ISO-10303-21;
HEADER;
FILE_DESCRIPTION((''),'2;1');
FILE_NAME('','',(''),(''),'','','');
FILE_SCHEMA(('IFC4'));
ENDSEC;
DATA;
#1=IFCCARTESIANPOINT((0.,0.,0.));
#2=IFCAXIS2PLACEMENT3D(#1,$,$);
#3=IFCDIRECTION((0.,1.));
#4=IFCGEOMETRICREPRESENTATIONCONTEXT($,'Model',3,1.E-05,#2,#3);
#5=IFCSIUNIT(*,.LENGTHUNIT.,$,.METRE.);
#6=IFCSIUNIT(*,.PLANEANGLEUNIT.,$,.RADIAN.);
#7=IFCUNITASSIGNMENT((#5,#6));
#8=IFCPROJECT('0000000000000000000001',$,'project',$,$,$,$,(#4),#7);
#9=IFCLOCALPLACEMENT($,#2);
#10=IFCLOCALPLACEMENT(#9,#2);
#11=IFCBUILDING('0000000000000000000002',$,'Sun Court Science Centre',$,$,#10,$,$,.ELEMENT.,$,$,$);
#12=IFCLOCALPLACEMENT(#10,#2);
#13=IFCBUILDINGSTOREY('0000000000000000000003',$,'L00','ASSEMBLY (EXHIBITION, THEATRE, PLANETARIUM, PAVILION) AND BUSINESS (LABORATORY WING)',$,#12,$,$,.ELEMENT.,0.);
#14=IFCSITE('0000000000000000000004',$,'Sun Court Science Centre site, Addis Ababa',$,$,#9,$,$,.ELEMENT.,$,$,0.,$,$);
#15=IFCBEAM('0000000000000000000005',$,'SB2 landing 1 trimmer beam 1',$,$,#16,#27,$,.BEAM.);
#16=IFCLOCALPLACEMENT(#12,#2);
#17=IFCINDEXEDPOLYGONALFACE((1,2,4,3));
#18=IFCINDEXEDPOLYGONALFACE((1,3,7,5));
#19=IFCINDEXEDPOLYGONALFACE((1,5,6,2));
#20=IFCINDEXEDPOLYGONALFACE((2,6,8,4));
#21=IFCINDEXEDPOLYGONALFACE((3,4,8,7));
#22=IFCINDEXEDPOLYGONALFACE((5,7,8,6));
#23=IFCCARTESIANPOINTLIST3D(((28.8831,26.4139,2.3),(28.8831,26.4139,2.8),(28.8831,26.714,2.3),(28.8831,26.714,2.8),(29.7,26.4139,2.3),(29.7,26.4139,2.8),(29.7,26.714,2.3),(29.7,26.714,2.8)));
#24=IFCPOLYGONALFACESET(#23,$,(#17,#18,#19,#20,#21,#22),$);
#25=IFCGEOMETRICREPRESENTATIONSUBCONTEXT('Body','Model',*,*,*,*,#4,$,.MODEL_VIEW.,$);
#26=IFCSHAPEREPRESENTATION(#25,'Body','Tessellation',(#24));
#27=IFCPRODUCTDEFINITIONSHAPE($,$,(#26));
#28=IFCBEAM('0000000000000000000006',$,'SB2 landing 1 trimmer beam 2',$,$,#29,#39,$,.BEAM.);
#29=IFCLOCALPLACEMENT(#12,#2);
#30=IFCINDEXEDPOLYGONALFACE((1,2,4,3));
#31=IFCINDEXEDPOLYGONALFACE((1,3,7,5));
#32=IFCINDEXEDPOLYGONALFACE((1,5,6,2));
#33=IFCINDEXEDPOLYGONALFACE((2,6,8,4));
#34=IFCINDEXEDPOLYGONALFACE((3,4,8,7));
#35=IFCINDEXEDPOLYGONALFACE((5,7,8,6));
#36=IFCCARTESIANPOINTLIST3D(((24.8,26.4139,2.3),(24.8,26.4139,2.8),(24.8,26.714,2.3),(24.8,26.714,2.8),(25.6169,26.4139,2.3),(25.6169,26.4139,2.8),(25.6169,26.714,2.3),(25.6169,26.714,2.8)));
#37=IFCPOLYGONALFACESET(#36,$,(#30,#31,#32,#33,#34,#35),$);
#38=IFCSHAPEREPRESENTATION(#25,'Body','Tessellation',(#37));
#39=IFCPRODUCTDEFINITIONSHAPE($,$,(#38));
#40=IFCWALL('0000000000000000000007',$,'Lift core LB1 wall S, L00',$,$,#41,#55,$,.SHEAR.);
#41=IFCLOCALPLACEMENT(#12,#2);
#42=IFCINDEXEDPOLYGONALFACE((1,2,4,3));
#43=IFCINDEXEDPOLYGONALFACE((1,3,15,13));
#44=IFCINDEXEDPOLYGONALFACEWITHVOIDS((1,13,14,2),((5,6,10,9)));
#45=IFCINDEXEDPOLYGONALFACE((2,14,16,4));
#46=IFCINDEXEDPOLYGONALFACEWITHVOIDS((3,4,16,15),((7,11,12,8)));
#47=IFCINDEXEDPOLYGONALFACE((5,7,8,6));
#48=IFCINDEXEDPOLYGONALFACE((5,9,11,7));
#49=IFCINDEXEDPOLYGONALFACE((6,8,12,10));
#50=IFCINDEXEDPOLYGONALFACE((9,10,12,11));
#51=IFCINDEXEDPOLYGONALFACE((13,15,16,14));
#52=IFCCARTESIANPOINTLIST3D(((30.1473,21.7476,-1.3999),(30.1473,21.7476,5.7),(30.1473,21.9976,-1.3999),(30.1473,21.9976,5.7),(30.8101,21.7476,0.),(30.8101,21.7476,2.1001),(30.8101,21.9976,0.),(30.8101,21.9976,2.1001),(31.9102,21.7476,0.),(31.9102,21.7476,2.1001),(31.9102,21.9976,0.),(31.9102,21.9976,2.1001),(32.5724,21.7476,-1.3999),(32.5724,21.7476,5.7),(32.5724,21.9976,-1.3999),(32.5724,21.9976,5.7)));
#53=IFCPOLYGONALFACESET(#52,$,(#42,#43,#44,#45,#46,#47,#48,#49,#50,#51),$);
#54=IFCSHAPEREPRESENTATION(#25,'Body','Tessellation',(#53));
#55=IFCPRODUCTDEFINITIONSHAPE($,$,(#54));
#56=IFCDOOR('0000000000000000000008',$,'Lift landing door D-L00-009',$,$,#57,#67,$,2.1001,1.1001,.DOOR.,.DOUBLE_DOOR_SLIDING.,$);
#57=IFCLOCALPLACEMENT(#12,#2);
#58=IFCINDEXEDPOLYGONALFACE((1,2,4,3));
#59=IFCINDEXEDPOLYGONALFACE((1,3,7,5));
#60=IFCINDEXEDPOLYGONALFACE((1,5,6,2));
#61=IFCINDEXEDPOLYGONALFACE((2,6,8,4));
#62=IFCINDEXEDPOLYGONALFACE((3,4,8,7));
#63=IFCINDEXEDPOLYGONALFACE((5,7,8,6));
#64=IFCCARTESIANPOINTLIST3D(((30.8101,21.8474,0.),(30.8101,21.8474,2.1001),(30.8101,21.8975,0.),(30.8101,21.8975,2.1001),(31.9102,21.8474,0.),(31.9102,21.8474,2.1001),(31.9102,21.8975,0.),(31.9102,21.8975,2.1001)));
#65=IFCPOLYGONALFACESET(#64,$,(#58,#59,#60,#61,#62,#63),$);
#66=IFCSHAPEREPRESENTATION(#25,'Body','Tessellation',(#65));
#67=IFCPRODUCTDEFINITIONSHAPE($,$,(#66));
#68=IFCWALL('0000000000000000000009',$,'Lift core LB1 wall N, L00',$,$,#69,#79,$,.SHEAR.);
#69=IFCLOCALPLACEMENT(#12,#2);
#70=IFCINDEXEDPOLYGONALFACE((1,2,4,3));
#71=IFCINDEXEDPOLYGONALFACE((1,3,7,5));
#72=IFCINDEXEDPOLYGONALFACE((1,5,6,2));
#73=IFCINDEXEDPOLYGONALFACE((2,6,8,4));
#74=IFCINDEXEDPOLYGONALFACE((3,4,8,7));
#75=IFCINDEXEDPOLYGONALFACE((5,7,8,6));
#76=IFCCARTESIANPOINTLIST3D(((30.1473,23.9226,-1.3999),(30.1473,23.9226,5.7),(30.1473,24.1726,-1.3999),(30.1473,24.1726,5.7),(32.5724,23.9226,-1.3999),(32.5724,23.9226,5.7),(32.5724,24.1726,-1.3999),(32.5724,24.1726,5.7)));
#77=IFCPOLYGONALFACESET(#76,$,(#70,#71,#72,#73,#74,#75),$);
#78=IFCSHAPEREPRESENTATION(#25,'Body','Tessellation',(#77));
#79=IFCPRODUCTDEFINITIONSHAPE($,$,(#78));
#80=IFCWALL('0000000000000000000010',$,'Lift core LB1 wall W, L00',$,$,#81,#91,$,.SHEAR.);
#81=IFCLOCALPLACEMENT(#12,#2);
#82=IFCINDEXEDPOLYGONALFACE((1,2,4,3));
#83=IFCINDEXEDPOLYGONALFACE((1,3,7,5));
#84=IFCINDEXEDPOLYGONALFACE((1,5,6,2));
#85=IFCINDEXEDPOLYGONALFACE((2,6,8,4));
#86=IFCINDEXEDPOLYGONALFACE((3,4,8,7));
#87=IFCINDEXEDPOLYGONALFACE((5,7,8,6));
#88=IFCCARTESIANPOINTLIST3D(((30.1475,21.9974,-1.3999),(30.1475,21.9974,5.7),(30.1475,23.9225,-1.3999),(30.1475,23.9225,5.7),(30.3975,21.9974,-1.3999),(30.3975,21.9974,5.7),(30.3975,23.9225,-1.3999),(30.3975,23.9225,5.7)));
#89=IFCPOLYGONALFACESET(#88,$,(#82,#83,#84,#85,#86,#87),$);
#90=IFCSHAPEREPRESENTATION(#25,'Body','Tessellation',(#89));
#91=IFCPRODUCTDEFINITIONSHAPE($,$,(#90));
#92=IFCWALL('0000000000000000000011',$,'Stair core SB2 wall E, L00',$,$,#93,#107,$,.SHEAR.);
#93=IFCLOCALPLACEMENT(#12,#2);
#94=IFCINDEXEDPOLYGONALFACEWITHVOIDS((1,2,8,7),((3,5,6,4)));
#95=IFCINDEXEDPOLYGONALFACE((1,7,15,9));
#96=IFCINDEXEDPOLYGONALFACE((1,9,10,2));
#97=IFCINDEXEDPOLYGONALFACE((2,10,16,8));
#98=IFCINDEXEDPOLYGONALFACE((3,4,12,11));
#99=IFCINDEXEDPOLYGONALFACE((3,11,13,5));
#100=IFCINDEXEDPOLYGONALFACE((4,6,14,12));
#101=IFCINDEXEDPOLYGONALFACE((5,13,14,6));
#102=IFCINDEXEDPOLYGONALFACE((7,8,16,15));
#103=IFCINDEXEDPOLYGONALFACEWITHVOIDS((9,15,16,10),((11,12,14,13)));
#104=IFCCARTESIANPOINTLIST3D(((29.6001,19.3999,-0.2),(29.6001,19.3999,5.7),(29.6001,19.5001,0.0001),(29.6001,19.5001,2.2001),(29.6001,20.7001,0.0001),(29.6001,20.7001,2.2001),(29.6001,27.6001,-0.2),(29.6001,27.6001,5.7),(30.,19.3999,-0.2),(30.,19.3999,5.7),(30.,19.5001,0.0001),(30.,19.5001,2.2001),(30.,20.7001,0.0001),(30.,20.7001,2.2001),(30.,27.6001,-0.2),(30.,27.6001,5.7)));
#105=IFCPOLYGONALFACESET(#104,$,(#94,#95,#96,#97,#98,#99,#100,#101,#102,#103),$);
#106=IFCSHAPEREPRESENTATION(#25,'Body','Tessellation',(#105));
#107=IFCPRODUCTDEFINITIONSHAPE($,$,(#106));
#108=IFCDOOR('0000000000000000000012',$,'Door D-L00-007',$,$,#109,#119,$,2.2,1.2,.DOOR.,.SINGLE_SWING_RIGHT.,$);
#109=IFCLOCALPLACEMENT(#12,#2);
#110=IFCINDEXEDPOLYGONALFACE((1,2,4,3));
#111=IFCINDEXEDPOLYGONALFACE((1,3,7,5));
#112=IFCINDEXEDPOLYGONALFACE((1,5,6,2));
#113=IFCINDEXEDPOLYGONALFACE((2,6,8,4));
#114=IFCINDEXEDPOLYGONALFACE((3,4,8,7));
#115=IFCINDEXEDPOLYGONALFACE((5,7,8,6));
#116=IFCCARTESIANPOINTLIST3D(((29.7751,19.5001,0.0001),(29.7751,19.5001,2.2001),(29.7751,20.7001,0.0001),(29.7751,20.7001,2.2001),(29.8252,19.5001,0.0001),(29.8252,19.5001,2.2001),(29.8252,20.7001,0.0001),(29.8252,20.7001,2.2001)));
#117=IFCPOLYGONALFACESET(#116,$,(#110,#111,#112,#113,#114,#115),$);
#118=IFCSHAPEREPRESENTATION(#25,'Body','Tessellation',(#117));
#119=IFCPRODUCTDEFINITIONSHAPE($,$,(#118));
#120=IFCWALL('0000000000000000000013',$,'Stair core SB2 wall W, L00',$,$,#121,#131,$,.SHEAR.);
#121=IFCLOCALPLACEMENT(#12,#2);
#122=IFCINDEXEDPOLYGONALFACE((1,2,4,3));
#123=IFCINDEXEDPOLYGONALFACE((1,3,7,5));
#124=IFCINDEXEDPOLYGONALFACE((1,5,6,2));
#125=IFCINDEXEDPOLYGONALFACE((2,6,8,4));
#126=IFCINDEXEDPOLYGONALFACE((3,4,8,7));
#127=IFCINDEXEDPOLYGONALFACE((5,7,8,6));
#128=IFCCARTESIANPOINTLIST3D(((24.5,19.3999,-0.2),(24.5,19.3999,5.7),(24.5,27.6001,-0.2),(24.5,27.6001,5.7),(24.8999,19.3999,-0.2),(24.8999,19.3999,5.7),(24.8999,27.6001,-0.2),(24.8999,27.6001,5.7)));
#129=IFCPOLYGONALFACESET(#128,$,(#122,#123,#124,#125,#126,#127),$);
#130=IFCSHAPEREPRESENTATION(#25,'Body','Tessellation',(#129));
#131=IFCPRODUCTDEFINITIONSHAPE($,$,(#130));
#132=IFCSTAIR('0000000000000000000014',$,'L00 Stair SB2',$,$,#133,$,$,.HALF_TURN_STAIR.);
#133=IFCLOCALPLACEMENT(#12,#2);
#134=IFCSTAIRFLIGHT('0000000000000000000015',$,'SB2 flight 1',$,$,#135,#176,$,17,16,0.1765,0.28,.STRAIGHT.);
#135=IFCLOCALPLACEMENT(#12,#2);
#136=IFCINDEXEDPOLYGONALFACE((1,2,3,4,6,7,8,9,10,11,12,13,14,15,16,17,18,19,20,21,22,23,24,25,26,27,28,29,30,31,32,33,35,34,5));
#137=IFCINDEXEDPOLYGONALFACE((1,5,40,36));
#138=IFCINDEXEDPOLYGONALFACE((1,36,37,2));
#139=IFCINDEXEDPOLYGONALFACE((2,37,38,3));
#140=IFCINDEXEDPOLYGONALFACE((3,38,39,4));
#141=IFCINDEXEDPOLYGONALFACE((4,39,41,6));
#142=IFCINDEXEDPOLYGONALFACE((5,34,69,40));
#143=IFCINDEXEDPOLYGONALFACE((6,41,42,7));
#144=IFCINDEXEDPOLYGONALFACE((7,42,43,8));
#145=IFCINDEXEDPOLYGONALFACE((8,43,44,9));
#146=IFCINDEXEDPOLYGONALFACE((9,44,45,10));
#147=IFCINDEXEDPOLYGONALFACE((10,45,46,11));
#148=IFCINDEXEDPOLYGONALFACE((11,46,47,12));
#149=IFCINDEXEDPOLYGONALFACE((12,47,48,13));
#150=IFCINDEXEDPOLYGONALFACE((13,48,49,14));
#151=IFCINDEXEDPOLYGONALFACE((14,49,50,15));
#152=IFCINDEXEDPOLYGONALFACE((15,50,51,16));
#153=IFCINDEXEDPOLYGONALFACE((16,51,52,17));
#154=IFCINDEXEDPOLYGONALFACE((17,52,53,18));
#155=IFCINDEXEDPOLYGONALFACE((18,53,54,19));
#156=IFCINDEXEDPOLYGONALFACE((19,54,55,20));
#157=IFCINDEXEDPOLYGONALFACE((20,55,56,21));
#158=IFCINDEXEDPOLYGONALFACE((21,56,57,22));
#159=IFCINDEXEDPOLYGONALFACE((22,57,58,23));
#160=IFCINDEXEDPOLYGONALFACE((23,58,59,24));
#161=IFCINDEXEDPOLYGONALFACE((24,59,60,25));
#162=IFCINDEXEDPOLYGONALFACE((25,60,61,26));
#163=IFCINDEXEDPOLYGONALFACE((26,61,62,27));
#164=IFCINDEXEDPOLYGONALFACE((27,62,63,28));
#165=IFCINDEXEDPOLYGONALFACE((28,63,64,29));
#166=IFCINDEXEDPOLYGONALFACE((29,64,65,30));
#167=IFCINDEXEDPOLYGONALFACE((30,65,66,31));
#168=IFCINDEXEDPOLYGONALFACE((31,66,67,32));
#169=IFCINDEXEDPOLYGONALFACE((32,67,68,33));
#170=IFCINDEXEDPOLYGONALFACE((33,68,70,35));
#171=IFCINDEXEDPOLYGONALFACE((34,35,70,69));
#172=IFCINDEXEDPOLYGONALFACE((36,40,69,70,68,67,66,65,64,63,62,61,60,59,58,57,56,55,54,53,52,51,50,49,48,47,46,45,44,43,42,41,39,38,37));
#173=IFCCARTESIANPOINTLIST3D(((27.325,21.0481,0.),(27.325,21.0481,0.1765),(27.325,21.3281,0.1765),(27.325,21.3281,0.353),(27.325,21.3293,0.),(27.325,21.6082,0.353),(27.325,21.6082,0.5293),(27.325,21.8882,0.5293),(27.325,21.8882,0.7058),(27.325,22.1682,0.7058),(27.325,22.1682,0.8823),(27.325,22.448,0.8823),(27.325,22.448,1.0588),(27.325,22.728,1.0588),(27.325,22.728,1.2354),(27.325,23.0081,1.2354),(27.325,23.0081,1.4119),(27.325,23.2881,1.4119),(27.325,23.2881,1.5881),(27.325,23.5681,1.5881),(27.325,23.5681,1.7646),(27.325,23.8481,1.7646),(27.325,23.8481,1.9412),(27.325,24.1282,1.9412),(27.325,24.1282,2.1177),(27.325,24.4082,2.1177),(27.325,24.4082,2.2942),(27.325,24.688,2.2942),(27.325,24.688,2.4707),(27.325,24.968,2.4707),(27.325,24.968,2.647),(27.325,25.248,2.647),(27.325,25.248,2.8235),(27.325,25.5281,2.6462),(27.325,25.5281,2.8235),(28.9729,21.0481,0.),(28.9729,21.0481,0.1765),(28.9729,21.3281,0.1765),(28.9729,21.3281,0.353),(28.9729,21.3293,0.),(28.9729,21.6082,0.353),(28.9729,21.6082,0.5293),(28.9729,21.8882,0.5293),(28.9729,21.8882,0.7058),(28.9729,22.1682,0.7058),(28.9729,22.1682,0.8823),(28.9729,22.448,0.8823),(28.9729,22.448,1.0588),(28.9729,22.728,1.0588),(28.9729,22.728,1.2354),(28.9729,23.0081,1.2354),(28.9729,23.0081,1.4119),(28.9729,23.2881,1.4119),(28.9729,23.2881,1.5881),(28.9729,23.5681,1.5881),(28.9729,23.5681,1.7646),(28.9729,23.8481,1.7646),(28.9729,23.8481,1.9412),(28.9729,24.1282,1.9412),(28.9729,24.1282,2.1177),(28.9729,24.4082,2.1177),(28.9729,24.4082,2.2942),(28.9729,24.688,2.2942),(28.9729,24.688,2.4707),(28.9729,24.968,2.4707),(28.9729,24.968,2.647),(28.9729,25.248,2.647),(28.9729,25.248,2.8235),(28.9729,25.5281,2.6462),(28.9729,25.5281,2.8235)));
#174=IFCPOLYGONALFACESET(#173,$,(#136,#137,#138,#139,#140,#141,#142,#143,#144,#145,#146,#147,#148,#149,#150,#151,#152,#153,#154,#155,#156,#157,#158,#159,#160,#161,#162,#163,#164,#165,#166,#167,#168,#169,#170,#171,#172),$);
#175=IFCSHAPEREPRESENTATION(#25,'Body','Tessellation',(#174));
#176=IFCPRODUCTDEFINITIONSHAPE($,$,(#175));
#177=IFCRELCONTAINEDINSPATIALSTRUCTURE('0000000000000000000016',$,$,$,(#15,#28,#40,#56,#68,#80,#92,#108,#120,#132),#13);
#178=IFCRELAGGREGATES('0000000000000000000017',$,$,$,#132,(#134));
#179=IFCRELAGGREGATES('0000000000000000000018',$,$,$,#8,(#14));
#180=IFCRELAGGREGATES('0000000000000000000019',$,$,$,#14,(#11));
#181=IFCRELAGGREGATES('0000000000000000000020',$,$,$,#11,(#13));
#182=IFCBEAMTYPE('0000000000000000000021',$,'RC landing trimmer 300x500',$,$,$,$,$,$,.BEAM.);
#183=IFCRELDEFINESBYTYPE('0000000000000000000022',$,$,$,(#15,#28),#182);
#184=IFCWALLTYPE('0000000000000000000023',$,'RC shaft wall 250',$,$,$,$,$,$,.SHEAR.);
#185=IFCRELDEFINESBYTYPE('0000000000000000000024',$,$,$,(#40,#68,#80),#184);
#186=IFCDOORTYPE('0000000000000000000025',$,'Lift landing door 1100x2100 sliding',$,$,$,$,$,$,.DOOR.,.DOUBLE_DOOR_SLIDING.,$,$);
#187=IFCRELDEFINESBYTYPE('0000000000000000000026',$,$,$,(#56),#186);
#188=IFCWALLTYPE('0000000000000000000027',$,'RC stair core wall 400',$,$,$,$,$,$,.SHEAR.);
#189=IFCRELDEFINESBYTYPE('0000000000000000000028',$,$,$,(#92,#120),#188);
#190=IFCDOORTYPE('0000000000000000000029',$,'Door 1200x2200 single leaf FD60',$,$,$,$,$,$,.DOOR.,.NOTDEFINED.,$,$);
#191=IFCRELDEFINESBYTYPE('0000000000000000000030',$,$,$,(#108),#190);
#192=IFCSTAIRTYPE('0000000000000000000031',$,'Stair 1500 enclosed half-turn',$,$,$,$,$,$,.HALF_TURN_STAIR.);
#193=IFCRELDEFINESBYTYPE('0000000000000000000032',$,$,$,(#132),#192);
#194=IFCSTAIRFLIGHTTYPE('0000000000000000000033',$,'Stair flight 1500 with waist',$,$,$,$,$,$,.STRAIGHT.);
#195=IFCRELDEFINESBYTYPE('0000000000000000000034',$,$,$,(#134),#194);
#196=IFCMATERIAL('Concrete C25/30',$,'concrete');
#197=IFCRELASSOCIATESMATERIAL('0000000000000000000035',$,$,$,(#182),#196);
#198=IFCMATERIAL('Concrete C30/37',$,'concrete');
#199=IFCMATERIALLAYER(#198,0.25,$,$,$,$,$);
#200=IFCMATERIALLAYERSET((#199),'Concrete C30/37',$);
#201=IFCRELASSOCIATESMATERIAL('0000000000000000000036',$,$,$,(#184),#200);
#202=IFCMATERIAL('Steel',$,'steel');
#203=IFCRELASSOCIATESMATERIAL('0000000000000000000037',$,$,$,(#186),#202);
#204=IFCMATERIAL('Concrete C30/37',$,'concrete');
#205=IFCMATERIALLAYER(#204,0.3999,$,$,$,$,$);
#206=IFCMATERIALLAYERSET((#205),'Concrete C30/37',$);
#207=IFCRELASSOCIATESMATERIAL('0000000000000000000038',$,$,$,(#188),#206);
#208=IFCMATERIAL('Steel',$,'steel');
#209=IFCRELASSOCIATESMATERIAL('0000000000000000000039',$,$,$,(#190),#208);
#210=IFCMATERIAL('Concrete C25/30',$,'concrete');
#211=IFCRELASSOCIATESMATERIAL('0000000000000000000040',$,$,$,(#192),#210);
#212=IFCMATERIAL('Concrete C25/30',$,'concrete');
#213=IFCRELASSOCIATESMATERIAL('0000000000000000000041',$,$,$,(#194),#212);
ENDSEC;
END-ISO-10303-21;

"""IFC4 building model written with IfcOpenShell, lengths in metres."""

from ifc_helpers import new_model, si_unit, direction, frame, frame_2d, origin, origin_2d, place, context, subcontext, project, spatial, polyline, rectangle, outline, extrude, material, layer, layer_set, material_profile, profile_set, type_object, element, fill, aggregate, save


model = new_model("IFC4")

# Units and contexts
model_context = context("Model", 3, precision=1e-05, world=origin(), true_north=direction((0.0, 1.0)))
body_context = subcontext(model_context, "Body", "Model", "MODEL_VIEW")
ifc_project = project(units=[si_unit("LENGTHUNIT", "METRE"), si_unit("PLANEANGLEUNIT", "RADIAN")], contexts=[model_context])

# Site, building, storey
site_placement = place(None, origin())
site = spatial("IfcSite", under=ifc_project, at=site_placement, Name="Sun Court Science Centre site, Addis Ababa", CompositionType="ELEMENT", RefElevation=0.0)
building_placement = place(site_placement, origin())
building = spatial("IfcBuilding", under=site, at=building_placement, Name="Sun Court Science Centre", CompositionType="ELEMENT")
storey_placement = place(building_placement, origin())
storey = spatial("IfcBuildingStorey", under=building, at=storey_placement, Name="L00", Description="ASSEMBLY (EXHIBITION, THEATRE, PLANETARIUM, PAVILION) AND BUSINESS (LABORATORY WING)", CompositionType="ELEMENT", Elevation=0.0)

# Beams
ifc_material_1 = material(Name="Concrete C25/30", Category="concrete")
ifc_material_profile = material_profile(ifc_material_1, rectangle(XDim=0.3, YDim=0.5, at=origin_2d()), Name="RC 300x500")
ifc_profile_set = profile_set([ifc_material_profile], Name="Concrete C25/30")
beam_type = type_object("IfcBeamType", Name="RC landing trimmer 300x500", PredefinedType="BEAM", material=ifc_profile_set)
for number, where, z_axis, x_axis, name in (
    (1, (29.7, 26.564, 2.55), (-1.0, 0.0, 0.0), (0.0, -1.0, 0.0), "SB2 landing 1 trimmer beam 1"),
    (2, (24.8, 26.564, 2.55), (1.0, 0.0, 0.0), (0.0, 1.0, 0.0), "SB2 landing 1 trimmer beam 2"),
):
    element("IfcBeam", number, at=place(storey_placement, frame(where, z_axis=z_axis, x_axis=x_axis)), inside=storey, type_object=beam_type, Name=name, PredefinedType="BEAM", context=body_context, shape_type="SweptSolid", body=[
        extrude(rectangle(XDim=0.3, YDim=0.5, at=origin_2d()), origin(), (0.0, 0.0, 1.0), 0.8169),
    ])

# Wall, opening, door
ifc_material_2 = material(Name="Concrete C30/37", Category="concrete")
ifc_layer_1 = layer(ifc_material_2, 0.25)
ifc_layer_set_1 = layer_set([ifc_layer_1], Name="Concrete C30/37")
wall_type_1 = type_object("IfcWallType", Name="RC shaft wall 250", PredefinedType="SHEAR", material=ifc_layer_set_1)
wall_1_placement = place(storey_placement, frame((30.1475, 21.8726, -1.3999), z_axis=(0.0, 0.0, 1.0), x_axis=(1.0, 0.0, 0.0)))
wall_1 = element("IfcWall", 3, at=wall_1_placement, inside=storey, type_object=wall_type_1, Name="Lift core LB1 wall S, L00", PredefinedType="SHEAR", context=body_context, shape_type="SweptSolid", body=[
    extrude(rectangle(XDim=2.425, YDim=0.25, at=frame_2d((1.2124, 0.0))), origin(), (0.0, 0.0, 1.0), 7.0999),
])
opening_1_placement = place(wall_1_placement, frame((0.6626, 0.0, 1.3999)))
opening_1 = element("IfcOpeningElement", 4, at=opening_1_placement, cuts=wall_1, PredefinedType="OPENING", context=body_context, shape_type="SweptSolid", body=[
    extrude(rectangle(XDim=1.1001, YDim=2.1001, at=frame_2d((0.55, 1.05))), frame((0.0, 0.135, 0.0), z_axis=(0.0, -1.0, 0.0), x_axis=(1.0, 0.0, 0.0)), (0.0, 0.0, 1.0), 0.27),
])
ifc_material_3 = material(Name="Steel", Category="steel")
door_type_1 = type_object("IfcDoorType", Name="Lift landing door 1100x2100 sliding", OperationType="DOUBLE_DOOR_SLIDING", PredefinedType="DOOR", material=ifc_material_3)
door_1_placement = place(opening_1_placement, origin())
door_1 = element("IfcDoor", 5, at=door_1_placement, inside=storey, type_object=door_type_1, Name="Lift landing door D-L00-009", OperationType="DOUBLE_DOOR_SLIDING", OverallHeight=2.1001, OverallWidth=1.1001, PredefinedType="DOOR", context=body_context, shape_type="SweptSolid", body=[
    extrude(rectangle(XDim=1.1001, YDim=2.1001, at=frame_2d((0.55, 1.05))), frame((0.0, 0.0249, 0.0), z_axis=(0.0, -1.0, 0.0), x_axis=(1.0, 0.0, 0.0)), (0.0, 0.0, 1.0), 0.05),
])
fill(opening_1, door_1)

# Walls
wall_2_placement = place(storey_placement, frame((30.1475, 24.0476, -1.3999), z_axis=(0.0, 0.0, 1.0), x_axis=(1.0, 0.0, 0.0)))
element("IfcWall", 6, at=wall_2_placement, inside=storey, type_object=wall_type_1, Name="Lift core LB1 wall N, L00", PredefinedType="SHEAR", context=body_context, shape_type="SweptSolid", body=[
    extrude(rectangle(XDim=2.425, YDim=0.25, at=frame_2d((1.2124, 0.0))), origin(), (0.0, 0.0, 1.0), 7.0999),
])
wall_3_placement = place(storey_placement, frame((30.2725, 21.9976, -1.3999), z_axis=(0.0, 0.0, 1.0), x_axis=(0.0, 1.0, 0.0)))
element("IfcWall", 7, at=wall_3_placement, inside=storey, type_object=wall_type_1, Name="Lift core LB1 wall W, L00", PredefinedType="SHEAR", context=body_context, shape_type="SweptSolid", body=[
    extrude(rectangle(XDim=1.925, YDim=0.25, at=frame_2d((0.9624, 0.0))), origin(), (0.0, 0.0, 1.0), 7.0999),
])

# Wall, opening, door
ifc_material_4 = material(Name="Concrete C30/37", Category="concrete")
ifc_layer_2 = layer(ifc_material_4, 0.3999)
ifc_layer_set_2 = layer_set([ifc_layer_2], Name="Concrete C30/37")
wall_type_2 = type_object("IfcWallType", Name="RC stair core wall 400", PredefinedType="SHEAR", material=ifc_layer_set_2)
wall_4_placement = place(storey_placement, frame((29.8, 19.3999, -0.2), z_axis=(0.0, 0.0, 1.0), x_axis=(0.0, 1.0, 0.0)))
wall_4 = element("IfcWall", 8, at=wall_4_placement, inside=storey, type_object=wall_type_2, Name="Stair core SB2 wall E, L00", PredefinedType="SHEAR", context=body_context, shape_type="SweptSolid", body=[
    extrude(rectangle(XDim=8.2002, YDim=0.3999, at=frame_2d((4.1001, 0.0))), origin(), (0.0, 0.0, 1.0), 5.8999),
])
opening_2_placement = place(wall_4_placement, frame((0.1001, 0.0, 0.2)))
opening_2 = element("IfcOpeningElement", 9, at=opening_2_placement, cuts=wall_4, PredefinedType="OPENING", context=body_context, shape_type="SweptSolid", body=[
    extrude(rectangle(XDim=1.2, YDim=2.2, at=frame_2d((0.6001, 1.1001))), frame((0.0, 0.21, 0.0), z_axis=(0.0, -1.0, 0.0), x_axis=(1.0, 0.0, 0.0)), (0.0, 0.0, 1.0), 0.4199),
])
ifc_material_5 = material(Name="Steel", Category="steel")
door_type_2 = type_object("IfcDoorType", Name="Door 1200x2200 single leaf FD60", OperationType="NOTDEFINED", PredefinedType="DOOR", material=ifc_material_5)
door_2_placement = place(opening_2_placement, origin())
door_2 = element("IfcDoor", 10, at=door_2_placement, inside=storey, type_object=door_type_2, Name="Door D-L00-007", OperationType="SINGLE_SWING_RIGHT", OverallHeight=2.2, OverallWidth=1.2, PredefinedType="DOOR", context=body_context, shape_type="SweptSolid", body=[
    extrude(rectangle(XDim=1.2, YDim=2.2, at=frame_2d((0.6001, 1.1001))), frame((0.0, 0.0249, 0.0), z_axis=(0.0, -1.0, 0.0), x_axis=(1.0, 0.0, 0.0)), (0.0, 0.0, 1.0), 0.05),
])
fill(opening_2, door_2)

# Wall
wall_5_placement = place(storey_placement, frame((24.7, 19.3999, -0.2), z_axis=(0.0, 0.0, 1.0), x_axis=(0.0, 1.0, 0.0)))
element("IfcWall", 11, at=wall_5_placement, inside=storey, type_object=wall_type_2, Name="Stair core SB2 wall W, L00", PredefinedType="SHEAR", context=body_context, shape_type="SweptSolid", body=[
    extrude(rectangle(XDim=8.2002, YDim=0.3999, at=frame_2d((4.1001, 0.0))), origin(), (0.0, 0.0, 1.0), 5.8999),
])

# Stair, stair flight
ifc_material_6 = material(Name="Concrete C25/30", Category="concrete")
stair_type = type_object("IfcStairType", Name="Stair 1500 enclosed half-turn", PredefinedType="HALF_TURN_STAIR", material=ifc_material_6)
stair_placement = place(storey_placement, origin())
stair = element("IfcStair", 12, at=stair_placement, inside=storey, type_object=stair_type, Name="L00 Stair SB2", PredefinedType="HALF_TURN_STAIR")
ifc_material_7 = material(Name="Concrete C25/30", Category="concrete")
stair_flight_type = type_object("IfcStairFlightType", Name="Stair flight 1500 with waist", PredefinedType="STRAIGHT", material=ifc_material_7)
stair_flight_1_placement = place(storey_placement, frame((28.1489, 21.0481, 0.0), z_axis=(0.0, 0.0, 1.0), x_axis=(0.0, 1.0, 0.0)))
stair_flight_1 = element("IfcStairFlight", 13, at=stair_flight_1_placement, type_object=stair_flight_type, Name="SB2 flight 1", NumberOfRisers=17, NumberOfTreads=16, PredefinedType="STRAIGHT", RiserHeight=0.1765, TreadLength=0.28, context=body_context, shape_type="SweptSolid", body=[
    extrude(outline(polyline([(0.0, 0.0), (0.0, 0.1765), (0.28, 0.1765), (0.28, 0.353), (0.5601, 0.353), (0.5601, 0.5293), (0.8401, 0.5293), (0.8401, 0.7058), (1.1201, 0.7058), (1.1201, 0.8823), (1.3999, 0.8823), (1.3999, 1.0588), (1.6799, 1.0588), (1.6799, 1.2354), (1.96, 1.2354), (1.96, 1.4119), (2.24, 1.4119), (2.24, 1.5881), (2.52, 1.5881), (2.52, 1.7646), (2.8, 1.7646), (2.8, 1.9412), (3.0801, 1.9412), (3.0801, 2.1177), (3.3601, 2.1177), (3.3601, 2.2942), (3.6399, 2.2942), (3.6399, 2.4707), (3.9199, 2.4707), (3.9199, 2.647), (4.2, 2.647), (4.2, 2.8235), (4.48, 2.8235), (4.48, 3.0), (4.48, 2.6462), (0.2812, 0.0), (0.0, 0.0)])), frame((0.0, 0.824, 0.0), z_axis=(0.0, -1.0, 0.0), x_axis=(1.0, 0.0, 0.0)), (0.0, 0.0, 1.0), 1.6479),
])
aggregate(stair, [stair_flight_1])

save(model, "model.ifc")
